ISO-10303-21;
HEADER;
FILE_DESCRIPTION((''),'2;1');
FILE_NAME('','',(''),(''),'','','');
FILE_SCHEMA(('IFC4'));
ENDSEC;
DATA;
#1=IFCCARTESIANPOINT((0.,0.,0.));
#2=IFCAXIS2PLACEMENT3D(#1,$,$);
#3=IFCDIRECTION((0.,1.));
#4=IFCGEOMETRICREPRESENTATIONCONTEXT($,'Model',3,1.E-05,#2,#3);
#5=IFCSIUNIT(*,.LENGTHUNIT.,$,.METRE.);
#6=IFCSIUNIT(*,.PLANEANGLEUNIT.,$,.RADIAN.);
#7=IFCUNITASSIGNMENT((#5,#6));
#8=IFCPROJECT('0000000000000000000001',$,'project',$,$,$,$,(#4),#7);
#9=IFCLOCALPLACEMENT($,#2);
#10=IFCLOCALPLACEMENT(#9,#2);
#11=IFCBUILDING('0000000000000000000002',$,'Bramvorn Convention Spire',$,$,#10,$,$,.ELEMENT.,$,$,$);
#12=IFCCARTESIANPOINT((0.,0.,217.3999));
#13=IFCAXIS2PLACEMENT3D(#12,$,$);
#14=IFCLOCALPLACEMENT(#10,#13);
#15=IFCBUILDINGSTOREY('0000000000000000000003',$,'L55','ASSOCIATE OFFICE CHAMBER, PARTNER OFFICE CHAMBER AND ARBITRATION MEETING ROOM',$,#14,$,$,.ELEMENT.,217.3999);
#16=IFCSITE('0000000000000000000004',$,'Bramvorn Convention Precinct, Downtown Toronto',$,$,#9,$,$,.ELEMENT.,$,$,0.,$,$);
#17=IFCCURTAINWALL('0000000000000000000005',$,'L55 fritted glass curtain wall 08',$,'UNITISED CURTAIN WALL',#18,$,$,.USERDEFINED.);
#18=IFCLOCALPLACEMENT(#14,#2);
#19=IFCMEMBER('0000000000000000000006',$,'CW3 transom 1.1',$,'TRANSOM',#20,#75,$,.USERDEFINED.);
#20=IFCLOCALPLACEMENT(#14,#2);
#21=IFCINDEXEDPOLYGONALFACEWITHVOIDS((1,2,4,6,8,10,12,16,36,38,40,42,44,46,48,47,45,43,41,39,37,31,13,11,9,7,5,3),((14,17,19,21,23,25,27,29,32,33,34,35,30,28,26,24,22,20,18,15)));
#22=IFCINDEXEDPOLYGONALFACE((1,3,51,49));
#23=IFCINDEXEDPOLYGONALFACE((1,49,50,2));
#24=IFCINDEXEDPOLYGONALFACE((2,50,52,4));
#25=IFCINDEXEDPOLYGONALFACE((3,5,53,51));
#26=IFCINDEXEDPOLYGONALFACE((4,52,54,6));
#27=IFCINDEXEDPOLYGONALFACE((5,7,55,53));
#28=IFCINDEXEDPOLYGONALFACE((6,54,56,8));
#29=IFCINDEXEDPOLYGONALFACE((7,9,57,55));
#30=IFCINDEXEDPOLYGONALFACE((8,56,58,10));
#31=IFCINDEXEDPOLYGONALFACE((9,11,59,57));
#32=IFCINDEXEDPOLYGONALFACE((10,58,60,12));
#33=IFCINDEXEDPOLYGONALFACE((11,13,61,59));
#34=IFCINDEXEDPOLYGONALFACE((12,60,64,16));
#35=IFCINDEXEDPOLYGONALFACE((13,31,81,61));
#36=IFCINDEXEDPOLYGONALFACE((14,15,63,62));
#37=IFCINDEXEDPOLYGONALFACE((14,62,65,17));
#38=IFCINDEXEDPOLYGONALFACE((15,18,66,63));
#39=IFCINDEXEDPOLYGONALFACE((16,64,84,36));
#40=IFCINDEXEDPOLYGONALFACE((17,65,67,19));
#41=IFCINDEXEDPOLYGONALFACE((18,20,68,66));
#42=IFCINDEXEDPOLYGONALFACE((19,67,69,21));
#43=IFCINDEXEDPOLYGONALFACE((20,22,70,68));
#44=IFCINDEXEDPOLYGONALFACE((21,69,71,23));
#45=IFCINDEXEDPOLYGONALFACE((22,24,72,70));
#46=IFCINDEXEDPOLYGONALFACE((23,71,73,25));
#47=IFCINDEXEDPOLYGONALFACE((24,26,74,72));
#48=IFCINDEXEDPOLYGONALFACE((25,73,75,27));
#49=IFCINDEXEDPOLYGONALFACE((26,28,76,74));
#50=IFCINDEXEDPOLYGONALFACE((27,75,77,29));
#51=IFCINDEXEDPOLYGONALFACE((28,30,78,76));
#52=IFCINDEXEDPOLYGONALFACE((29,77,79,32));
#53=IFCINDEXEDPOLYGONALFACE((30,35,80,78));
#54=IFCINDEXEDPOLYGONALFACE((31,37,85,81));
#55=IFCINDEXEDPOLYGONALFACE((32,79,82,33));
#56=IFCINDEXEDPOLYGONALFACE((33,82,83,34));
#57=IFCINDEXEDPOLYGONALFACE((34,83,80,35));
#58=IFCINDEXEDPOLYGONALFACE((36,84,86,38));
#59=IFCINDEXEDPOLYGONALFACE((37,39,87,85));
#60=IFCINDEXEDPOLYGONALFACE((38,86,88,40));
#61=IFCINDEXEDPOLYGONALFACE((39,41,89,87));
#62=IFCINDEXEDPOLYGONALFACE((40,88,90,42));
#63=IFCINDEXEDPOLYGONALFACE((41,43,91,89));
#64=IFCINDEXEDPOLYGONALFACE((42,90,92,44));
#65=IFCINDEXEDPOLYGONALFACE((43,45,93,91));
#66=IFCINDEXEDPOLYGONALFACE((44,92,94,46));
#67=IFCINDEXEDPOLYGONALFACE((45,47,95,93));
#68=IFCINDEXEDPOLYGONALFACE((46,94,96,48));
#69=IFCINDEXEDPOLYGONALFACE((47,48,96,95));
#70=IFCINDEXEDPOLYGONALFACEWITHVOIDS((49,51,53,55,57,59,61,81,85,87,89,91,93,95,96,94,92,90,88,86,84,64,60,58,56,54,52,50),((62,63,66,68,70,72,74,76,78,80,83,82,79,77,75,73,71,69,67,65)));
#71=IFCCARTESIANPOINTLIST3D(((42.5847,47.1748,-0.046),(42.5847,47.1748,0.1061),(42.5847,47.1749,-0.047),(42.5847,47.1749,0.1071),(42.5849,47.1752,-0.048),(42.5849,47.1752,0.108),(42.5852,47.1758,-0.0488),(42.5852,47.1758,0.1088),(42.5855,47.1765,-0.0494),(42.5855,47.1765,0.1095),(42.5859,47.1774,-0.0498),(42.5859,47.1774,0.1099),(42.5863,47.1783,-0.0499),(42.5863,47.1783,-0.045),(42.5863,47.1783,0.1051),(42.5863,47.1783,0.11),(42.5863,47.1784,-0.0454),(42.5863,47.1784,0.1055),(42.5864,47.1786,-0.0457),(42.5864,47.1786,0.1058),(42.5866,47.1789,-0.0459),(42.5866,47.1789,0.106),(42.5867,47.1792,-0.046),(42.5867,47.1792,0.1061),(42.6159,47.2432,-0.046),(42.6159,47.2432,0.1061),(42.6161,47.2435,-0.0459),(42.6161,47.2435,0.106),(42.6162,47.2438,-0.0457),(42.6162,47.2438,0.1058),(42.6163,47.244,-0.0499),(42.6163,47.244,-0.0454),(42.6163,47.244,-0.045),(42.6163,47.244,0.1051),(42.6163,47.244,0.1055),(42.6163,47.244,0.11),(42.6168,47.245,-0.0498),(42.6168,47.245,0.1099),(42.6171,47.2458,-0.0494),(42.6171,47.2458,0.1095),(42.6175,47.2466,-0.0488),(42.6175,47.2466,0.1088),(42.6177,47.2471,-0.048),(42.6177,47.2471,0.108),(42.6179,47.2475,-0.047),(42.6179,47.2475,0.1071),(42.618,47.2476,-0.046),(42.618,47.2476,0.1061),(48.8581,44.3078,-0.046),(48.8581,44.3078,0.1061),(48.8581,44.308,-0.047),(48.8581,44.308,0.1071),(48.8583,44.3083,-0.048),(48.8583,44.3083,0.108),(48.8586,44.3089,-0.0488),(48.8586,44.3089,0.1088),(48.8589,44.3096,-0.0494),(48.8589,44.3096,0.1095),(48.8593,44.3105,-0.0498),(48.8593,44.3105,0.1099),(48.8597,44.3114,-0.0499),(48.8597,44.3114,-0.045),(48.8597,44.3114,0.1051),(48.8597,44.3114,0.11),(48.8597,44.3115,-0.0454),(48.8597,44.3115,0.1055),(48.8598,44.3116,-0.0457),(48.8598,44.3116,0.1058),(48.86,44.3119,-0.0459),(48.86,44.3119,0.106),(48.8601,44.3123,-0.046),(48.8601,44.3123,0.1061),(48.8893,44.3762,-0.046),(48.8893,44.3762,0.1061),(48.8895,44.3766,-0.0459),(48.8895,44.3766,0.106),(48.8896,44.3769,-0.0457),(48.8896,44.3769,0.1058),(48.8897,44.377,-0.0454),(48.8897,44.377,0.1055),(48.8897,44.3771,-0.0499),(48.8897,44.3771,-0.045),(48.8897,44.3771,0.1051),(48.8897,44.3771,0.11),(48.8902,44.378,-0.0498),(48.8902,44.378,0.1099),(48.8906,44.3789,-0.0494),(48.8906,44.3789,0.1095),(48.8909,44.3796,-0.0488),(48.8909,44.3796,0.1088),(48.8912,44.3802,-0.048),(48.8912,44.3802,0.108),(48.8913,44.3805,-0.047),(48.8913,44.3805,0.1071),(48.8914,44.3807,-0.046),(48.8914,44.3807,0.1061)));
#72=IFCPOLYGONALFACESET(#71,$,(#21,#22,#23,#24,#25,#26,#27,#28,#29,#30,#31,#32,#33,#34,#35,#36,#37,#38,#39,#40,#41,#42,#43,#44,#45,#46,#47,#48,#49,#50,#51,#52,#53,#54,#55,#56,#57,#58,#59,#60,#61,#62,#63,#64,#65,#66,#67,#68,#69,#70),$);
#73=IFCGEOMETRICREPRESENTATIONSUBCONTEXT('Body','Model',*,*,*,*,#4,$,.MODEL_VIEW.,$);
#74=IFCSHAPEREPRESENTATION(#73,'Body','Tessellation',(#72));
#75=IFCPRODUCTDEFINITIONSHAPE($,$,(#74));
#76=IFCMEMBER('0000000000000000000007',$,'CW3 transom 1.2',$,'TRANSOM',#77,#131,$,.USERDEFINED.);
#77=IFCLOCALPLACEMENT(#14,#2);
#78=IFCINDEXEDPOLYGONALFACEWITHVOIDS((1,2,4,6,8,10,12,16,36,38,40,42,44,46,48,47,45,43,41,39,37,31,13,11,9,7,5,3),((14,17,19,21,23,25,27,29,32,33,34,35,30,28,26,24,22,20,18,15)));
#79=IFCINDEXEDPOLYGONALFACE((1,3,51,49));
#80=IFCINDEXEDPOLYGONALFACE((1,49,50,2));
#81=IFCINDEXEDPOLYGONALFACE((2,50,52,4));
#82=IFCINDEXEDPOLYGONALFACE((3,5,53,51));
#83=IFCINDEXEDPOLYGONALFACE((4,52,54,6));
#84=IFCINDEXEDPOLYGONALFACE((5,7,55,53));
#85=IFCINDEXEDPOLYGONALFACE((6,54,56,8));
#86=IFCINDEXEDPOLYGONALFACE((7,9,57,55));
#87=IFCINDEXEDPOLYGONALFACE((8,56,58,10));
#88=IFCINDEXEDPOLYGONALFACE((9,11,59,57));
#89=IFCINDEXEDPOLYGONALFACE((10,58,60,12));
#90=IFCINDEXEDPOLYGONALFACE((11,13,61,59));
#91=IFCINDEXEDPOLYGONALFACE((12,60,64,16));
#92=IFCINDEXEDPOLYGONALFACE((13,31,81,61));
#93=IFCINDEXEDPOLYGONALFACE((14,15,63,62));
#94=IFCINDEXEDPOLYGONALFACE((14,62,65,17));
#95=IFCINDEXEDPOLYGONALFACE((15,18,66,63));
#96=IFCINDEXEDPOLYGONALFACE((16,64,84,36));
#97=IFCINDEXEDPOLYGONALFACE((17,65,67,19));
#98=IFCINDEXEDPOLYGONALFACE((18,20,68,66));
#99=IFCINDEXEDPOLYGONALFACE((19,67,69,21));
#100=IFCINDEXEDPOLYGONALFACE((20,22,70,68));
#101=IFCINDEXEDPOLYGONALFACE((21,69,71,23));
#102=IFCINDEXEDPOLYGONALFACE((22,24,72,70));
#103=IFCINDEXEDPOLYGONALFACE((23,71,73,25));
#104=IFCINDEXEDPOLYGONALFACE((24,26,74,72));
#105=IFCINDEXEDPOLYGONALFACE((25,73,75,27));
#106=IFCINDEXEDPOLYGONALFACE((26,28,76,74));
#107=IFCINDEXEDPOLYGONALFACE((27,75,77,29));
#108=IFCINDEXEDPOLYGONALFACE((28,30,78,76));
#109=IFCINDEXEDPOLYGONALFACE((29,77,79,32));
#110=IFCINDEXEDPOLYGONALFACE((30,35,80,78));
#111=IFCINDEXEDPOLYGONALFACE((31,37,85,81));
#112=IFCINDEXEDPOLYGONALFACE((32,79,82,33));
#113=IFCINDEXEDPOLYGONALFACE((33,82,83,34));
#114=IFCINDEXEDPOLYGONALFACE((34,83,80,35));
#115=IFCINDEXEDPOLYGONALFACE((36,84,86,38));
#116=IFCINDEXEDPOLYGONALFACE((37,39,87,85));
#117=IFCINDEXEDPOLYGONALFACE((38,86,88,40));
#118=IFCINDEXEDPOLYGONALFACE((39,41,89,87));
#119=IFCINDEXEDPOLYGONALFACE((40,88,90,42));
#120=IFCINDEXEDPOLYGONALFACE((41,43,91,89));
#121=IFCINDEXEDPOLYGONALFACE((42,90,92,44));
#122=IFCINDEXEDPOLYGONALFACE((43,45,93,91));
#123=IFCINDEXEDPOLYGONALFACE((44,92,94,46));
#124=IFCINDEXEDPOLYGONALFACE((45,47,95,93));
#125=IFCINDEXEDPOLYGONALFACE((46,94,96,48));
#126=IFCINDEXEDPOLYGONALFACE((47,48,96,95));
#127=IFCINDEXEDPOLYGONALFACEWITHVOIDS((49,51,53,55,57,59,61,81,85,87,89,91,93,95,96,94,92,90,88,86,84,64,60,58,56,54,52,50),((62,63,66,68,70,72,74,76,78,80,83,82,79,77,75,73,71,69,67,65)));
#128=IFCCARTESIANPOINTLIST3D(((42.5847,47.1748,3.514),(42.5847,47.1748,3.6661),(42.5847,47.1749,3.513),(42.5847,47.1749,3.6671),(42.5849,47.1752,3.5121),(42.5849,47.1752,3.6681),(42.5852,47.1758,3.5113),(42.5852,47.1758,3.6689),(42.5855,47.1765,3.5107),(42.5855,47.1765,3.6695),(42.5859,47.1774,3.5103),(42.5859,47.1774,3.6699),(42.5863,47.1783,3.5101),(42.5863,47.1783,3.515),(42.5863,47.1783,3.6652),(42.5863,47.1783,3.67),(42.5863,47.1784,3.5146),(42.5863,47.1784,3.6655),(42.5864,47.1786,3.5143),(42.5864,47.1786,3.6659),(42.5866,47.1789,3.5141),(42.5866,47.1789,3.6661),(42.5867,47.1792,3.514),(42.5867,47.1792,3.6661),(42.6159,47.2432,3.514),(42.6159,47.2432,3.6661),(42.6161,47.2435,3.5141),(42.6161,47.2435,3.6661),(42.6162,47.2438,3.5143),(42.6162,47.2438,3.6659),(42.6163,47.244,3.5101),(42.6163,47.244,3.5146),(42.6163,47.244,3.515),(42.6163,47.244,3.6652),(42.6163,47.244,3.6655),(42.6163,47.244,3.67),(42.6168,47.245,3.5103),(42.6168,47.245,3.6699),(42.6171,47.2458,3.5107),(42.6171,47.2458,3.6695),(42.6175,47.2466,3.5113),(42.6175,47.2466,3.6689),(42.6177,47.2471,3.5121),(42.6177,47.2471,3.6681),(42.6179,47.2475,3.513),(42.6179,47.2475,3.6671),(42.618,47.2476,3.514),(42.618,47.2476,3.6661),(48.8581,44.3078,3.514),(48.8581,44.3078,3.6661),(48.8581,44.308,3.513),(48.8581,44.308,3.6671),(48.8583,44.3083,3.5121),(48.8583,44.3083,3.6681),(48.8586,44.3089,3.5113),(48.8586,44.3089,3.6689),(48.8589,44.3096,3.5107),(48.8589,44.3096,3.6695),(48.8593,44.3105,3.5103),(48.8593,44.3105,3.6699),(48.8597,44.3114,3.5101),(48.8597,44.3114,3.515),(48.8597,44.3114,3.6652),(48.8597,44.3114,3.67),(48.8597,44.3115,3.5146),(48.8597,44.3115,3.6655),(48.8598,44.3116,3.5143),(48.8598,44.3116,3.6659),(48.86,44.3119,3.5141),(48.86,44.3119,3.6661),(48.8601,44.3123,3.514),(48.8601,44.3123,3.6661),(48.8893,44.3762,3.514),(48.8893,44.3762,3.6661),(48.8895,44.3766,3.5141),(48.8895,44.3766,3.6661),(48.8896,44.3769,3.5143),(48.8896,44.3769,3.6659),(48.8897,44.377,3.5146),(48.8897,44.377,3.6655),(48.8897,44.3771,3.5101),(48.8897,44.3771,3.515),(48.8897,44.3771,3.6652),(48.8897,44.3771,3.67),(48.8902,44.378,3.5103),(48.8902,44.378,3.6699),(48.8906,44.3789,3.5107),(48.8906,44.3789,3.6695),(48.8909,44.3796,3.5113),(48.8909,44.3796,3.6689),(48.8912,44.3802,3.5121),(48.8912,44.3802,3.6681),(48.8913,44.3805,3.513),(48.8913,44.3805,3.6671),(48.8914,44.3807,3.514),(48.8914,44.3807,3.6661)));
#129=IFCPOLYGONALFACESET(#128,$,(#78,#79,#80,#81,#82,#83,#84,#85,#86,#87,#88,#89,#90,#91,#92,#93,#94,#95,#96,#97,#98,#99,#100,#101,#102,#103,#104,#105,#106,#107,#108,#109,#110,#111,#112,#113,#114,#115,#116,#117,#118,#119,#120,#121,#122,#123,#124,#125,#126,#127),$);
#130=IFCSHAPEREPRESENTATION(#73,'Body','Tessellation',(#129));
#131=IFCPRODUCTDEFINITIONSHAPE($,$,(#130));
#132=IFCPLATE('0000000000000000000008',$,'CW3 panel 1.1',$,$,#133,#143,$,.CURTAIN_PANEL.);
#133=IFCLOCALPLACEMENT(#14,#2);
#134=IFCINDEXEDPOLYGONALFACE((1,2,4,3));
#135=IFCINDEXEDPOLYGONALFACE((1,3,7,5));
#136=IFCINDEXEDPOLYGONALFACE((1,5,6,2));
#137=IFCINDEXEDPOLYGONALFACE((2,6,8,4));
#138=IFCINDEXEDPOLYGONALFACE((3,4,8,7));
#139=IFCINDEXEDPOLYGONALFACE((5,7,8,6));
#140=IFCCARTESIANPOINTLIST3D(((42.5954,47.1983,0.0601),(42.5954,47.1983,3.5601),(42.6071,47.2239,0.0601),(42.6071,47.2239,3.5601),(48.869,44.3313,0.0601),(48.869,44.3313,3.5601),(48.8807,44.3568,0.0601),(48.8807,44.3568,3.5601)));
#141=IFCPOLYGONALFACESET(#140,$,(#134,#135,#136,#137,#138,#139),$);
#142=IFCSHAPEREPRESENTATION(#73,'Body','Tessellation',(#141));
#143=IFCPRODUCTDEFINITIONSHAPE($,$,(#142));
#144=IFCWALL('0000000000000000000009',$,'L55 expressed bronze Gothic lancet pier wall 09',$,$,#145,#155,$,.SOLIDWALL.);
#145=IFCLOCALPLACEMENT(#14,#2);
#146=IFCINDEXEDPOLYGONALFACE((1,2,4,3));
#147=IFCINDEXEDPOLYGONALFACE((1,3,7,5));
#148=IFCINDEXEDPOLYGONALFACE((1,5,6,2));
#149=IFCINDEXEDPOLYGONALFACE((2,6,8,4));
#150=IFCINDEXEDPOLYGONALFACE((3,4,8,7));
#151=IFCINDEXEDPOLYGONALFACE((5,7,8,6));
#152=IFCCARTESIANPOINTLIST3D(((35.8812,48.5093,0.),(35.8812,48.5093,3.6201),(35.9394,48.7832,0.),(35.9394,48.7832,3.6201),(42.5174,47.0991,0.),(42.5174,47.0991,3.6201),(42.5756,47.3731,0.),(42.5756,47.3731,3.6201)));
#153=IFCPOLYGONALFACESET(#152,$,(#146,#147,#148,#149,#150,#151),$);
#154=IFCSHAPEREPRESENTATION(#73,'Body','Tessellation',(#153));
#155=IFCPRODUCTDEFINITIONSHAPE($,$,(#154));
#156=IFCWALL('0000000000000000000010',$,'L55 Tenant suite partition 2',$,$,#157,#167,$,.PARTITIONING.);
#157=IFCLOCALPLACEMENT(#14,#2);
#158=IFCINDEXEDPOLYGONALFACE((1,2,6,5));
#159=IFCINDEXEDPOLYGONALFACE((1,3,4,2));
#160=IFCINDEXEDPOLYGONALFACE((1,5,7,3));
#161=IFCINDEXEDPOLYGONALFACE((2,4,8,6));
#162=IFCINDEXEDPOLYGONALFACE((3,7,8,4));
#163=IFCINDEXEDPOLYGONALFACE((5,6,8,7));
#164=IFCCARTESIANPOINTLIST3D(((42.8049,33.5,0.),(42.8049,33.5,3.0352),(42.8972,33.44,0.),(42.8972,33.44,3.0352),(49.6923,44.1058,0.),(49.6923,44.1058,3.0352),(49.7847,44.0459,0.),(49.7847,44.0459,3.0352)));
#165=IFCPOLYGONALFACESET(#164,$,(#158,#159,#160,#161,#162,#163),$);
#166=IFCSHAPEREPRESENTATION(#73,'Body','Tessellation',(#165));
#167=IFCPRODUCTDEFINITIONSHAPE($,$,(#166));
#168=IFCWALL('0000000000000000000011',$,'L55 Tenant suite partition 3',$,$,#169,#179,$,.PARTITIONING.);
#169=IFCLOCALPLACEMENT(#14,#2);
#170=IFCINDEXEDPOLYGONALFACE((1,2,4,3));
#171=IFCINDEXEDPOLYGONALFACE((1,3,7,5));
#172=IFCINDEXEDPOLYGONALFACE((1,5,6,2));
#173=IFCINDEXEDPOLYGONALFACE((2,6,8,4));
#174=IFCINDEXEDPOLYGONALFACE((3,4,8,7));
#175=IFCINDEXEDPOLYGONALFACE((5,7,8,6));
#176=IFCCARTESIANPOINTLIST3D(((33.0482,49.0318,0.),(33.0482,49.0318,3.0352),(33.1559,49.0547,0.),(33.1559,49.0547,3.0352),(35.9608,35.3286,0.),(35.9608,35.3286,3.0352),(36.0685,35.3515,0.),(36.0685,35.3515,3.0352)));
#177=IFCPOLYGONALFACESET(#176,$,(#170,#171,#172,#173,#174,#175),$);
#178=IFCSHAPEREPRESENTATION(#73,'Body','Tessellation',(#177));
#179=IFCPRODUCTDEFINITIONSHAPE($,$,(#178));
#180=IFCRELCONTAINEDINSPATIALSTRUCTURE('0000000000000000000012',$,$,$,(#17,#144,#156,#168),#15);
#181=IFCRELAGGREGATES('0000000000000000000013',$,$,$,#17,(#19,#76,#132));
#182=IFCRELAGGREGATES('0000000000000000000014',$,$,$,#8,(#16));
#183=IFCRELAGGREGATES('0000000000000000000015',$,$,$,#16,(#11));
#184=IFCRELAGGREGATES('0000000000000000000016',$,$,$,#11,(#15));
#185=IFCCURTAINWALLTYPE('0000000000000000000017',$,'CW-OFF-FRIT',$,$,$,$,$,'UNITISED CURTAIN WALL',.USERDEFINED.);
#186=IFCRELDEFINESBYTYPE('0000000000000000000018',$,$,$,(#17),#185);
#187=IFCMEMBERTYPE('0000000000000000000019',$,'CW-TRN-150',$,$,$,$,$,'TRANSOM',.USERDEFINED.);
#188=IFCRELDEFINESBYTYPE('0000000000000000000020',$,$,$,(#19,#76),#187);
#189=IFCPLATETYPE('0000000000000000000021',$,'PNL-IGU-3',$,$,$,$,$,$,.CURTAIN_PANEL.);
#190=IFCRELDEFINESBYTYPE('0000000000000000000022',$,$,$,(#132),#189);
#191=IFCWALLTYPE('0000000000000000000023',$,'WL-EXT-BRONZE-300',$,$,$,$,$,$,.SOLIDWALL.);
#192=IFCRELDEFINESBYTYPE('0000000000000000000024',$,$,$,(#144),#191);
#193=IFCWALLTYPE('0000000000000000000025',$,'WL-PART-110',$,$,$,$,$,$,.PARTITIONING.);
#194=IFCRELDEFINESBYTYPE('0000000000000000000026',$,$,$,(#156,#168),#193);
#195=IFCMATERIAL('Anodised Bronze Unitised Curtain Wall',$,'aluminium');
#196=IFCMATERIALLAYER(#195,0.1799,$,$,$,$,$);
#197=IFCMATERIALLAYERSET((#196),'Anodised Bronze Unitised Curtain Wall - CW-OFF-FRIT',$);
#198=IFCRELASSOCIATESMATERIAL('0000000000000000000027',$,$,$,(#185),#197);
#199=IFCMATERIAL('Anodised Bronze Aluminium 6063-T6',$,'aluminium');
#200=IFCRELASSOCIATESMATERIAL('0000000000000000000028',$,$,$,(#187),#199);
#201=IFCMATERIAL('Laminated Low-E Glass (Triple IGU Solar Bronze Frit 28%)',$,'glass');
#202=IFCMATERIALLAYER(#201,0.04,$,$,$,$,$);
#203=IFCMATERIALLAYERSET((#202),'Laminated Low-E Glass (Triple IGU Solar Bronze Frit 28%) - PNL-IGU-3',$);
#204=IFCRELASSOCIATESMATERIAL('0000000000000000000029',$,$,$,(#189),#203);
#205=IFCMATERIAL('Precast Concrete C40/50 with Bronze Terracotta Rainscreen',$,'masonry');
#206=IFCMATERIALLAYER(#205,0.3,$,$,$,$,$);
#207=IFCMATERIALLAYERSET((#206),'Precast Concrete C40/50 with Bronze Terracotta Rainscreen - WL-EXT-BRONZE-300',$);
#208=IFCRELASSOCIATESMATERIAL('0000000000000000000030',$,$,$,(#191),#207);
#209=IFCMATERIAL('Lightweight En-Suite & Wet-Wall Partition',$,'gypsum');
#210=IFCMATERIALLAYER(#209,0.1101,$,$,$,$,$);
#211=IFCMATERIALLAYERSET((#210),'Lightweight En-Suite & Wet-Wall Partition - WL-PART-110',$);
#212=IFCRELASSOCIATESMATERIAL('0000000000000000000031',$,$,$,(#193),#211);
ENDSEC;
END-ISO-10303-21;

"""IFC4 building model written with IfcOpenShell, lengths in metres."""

from ifc_helpers import new_model, si_unit, direction, frame, frame_2d, origin, origin_2d, place, context, subcontext, project, spatial, rectangle, hollow_rectangle, extrude, material, layer, layer_set, material_profile, profile_set, type_object, element, aggregate, save


model = new_model("IFC4")

# Units and contexts
model_context = context("Model", 3, precision=1e-05, world=origin(), true_north=direction((0.0, 1.0)))
body_context = subcontext(model_context, "Body", "Model", "MODEL_VIEW")
ifc_project = project(units=[si_unit("LENGTHUNIT", "METRE"), si_unit("PLANEANGLEUNIT", "RADIAN")], contexts=[model_context])

# Site, building, storey
site_placement = place(None, origin())
site = spatial("IfcSite", under=ifc_project, at=site_placement, Name="Bramvorn Convention Precinct, Downtown Toronto", CompositionType="ELEMENT", RefElevation=0.0)
building_placement = place(site_placement, origin())
building = spatial("IfcBuilding", under=site, at=building_placement, Name="Bramvorn Convention Spire", CompositionType="ELEMENT")
storey_placement = place(building_placement, frame((0.0, 0.0, 217.3999)))
storey = spatial("IfcBuildingStorey", under=building, at=storey_placement, Name="L55", Description="ASSOCIATE OFFICE CHAMBER, PARTNER OFFICE CHAMBER AND ARBITRATION MEETING ROOM", CompositionType="ELEMENT", Elevation=217.3999)

# Curtain wall, members, plate
ifc_material_1 = material(Name="Anodised Bronze Unitised Curtain Wall", Category="aluminium")
ifc_layer_1 = layer(ifc_material_1, 0.1799)
ifc_layer_set_1 = layer_set([ifc_layer_1], Name="Anodised Bronze Unitised Curtain Wall - CW-OFF-FRIT")
curtain_wall_type = type_object("IfcCurtainWallType", Name="CW-OFF-FRIT", ElementType="UNITISED CURTAIN WALL", PredefinedType="USERDEFINED", material=ifc_layer_set_1)
curtain_wall_placement = place(storey_placement, origin())
curtain_wall = element("IfcCurtainWall", 1, at=curtain_wall_placement, inside=storey, type_object=curtain_wall_type, Name="L55 fritted glass curtain wall 08", ObjectType="UNITISED CURTAIN WALL", PredefinedType="USERDEFINED")
ifc_material_2 = material(Name="Anodised Bronze Aluminium 6063-T6", Category="aluminium")
ifc_material_profile_1 = material_profile(ifc_material_2, hollow_rectangle(XDim=0.0801, YDim=0.1599, WallThickness=0.0039, InnerFilletRadius=0.001, OuterFilletRadius=0.0039, at=origin_2d()))
ifc_profile_set_1 = profile_set([ifc_material_profile_1], Name="Anodised Bronze Aluminium 6063-T6 - CWT80X160")
member_type_1 = type_object("IfcMemberType", Name="CW-TRN-150", ElementType="TRANSOM", PredefinedType="USERDEFINED", material=ifc_profile_set_1)
member_1_placement = place(storey_placement, frame((42.6013, 47.2112, 0.03), z_axis=(0.909525, -0.41565, 0.0), x_axis=(0.41565, 0.909525, 0.0)))
member_1 = element("IfcMember", 2, at=member_1_placement, type_object=member_type_1, Name="CW3 transom 1.1", ObjectType="TRANSOM", PredefinedType="USERDEFINED", context=body_context, shape_type="SweptSolid", body=[
    extrude(hollow_rectangle(XDim=0.0801, YDim=0.1599, WallThickness=0.0039, InnerFilletRadius=0.001, OuterFilletRadius=0.0039, at=origin_2d()), origin(), (0.0, 0.0, 1.0), 6.8975),
])
member_2_placement = place(storey_placement, frame((42.6013, 47.2112, 3.5901), z_axis=(0.909525, -0.41565, 0.0), x_axis=(0.41565, 0.909525, 0.0)))
member_2 = element("IfcMember", 3, at=member_2_placement, type_object=member_type_1, Name="CW3 transom 1.2", ObjectType="TRANSOM", PredefinedType="USERDEFINED", context=body_context, shape_type="SweptSolid", body=[
    extrude(hollow_rectangle(XDim=0.0801, YDim=0.1599, WallThickness=0.0039, InnerFilletRadius=0.001, OuterFilletRadius=0.0039, at=origin_2d()), origin(), (0.0, 0.0, 1.0), 6.8975),
])
ifc_material_3 = material(Name="Laminated Low-E Glass (Triple IGU Solar Bronze Frit 28%)", Category="glass")
ifc_layer_2 = layer(ifc_material_3, 0.04)
ifc_layer_set_2 = layer_set([ifc_layer_2], Name="Laminated Low-E Glass (Triple IGU Solar Bronze Frit 28%) - PNL-IGU-3")
plate_type = type_object("IfcPlateType", Name="PNL-IGU-3", PredefinedType="CURTAIN_PANEL", material=ifc_layer_set_2)
plate_placement = place(storey_placement, frame((45.738, 45.7776, 0.0601), z_axis=(0.0, 0.0, 1.0), x_axis=(0.909523, -0.415653, 0.0)))
plate = element("IfcPlate", 4, at=plate_placement, type_object=plate_type, Name="CW3 panel 1.1", PredefinedType="CURTAIN_PANEL", context=body_context, shape_type="SweptSolid", body=[
    extrude(rectangle(XDim=6.8977, YDim=0.0281, at=origin_2d()), origin(), (0.0, 0.0, 1.0), 3.5),
])
aggregate(curtain_wall, [member_1, member_2, plate])

# Walls
ifc_material_4 = material(Name="Precast Concrete C40/50 with Bronze Terracotta Rainscreen", Category="masonry")
ifc_layer_3 = layer(ifc_material_4, 0.3)
ifc_layer_set_3 = layer_set([ifc_layer_3], Name="Precast Concrete C40/50 with Bronze Terracotta Rainscreen - WL-EXT-BRONZE-300")
wall_type_1 = type_object("IfcWallType", Name="WL-EXT-BRONZE-300", PredefinedType="SOLIDWALL", material=ifc_layer_set_3)
wall_1_placement = place(storey_placement, frame((35.9104, 48.6462, 0.0), z_axis=(0.0, 0.0, 1.0), x_axis=(0.97816, -0.207853, 0.0)))
element("IfcWall", 5, at=wall_1_placement, inside=storey, type_object=wall_type_1, Name="L55 expressed bronze Gothic lancet pier wall 09", PredefinedType="SOLIDWALL", context=body_context, shape_type="SweptSolid", body=[
    extrude(rectangle(XDim=6.7844, YDim=0.28, at=frame_2d((3.3921, 0.0))), origin(), (0.0, 0.0, 1.0), 3.6201),
])
ifc_material_5 = material(Name="Lightweight En-Suite & Wet-Wall Partition", Category="gypsum")
ifc_layer_4 = layer(ifc_material_5, 0.1101)
ifc_layer_set_4 = layer_set([ifc_layer_4], Name="Lightweight En-Suite & Wet-Wall Partition - WL-PART-110")
wall_type_2 = type_object("IfcWallType", Name="WL-PART-110", PredefinedType="PARTITIONING", material=ifc_layer_set_4)
wall_2_placement = place(storey_placement, frame((42.8511, 33.47, 0.0), z_axis=(0.0, 0.0, 1.0), x_axis=(0.544631, 0.838676, 0.0)))
element("IfcWall", 6, at=wall_2_placement, inside=storey, type_object=wall_type_2, Name="L55 Tenant suite partition 2", PredefinedType="PARTITIONING", context=body_context, shape_type="SweptSolid", body=[
    extrude(rectangle(XDim=12.646, YDim=0.1101, at=frame_2d((6.323, 0.0))), origin(), (0.0, 0.0, 1.0), 3.0352),
])
wall_3_placement = place(storey_placement, frame((36.0146, 35.3401, 0.0), z_axis=(0.0, 0.0, 1.0), x_axis=(-0.207905, 0.978149, 0.0)))
element("IfcWall", 7, at=wall_3_placement, inside=storey, type_object=wall_type_2, Name="L55 Tenant suite partition 3", PredefinedType="PARTITIONING", context=body_context, shape_type="SweptSolid", body=[
    extrude(rectangle(XDim=14.0093, YDim=0.1101, at=frame_2d((7.0046, 0.0))), origin(), (0.0, 0.0, 1.0), 3.0352),
])

save(model, "model.ifc")
